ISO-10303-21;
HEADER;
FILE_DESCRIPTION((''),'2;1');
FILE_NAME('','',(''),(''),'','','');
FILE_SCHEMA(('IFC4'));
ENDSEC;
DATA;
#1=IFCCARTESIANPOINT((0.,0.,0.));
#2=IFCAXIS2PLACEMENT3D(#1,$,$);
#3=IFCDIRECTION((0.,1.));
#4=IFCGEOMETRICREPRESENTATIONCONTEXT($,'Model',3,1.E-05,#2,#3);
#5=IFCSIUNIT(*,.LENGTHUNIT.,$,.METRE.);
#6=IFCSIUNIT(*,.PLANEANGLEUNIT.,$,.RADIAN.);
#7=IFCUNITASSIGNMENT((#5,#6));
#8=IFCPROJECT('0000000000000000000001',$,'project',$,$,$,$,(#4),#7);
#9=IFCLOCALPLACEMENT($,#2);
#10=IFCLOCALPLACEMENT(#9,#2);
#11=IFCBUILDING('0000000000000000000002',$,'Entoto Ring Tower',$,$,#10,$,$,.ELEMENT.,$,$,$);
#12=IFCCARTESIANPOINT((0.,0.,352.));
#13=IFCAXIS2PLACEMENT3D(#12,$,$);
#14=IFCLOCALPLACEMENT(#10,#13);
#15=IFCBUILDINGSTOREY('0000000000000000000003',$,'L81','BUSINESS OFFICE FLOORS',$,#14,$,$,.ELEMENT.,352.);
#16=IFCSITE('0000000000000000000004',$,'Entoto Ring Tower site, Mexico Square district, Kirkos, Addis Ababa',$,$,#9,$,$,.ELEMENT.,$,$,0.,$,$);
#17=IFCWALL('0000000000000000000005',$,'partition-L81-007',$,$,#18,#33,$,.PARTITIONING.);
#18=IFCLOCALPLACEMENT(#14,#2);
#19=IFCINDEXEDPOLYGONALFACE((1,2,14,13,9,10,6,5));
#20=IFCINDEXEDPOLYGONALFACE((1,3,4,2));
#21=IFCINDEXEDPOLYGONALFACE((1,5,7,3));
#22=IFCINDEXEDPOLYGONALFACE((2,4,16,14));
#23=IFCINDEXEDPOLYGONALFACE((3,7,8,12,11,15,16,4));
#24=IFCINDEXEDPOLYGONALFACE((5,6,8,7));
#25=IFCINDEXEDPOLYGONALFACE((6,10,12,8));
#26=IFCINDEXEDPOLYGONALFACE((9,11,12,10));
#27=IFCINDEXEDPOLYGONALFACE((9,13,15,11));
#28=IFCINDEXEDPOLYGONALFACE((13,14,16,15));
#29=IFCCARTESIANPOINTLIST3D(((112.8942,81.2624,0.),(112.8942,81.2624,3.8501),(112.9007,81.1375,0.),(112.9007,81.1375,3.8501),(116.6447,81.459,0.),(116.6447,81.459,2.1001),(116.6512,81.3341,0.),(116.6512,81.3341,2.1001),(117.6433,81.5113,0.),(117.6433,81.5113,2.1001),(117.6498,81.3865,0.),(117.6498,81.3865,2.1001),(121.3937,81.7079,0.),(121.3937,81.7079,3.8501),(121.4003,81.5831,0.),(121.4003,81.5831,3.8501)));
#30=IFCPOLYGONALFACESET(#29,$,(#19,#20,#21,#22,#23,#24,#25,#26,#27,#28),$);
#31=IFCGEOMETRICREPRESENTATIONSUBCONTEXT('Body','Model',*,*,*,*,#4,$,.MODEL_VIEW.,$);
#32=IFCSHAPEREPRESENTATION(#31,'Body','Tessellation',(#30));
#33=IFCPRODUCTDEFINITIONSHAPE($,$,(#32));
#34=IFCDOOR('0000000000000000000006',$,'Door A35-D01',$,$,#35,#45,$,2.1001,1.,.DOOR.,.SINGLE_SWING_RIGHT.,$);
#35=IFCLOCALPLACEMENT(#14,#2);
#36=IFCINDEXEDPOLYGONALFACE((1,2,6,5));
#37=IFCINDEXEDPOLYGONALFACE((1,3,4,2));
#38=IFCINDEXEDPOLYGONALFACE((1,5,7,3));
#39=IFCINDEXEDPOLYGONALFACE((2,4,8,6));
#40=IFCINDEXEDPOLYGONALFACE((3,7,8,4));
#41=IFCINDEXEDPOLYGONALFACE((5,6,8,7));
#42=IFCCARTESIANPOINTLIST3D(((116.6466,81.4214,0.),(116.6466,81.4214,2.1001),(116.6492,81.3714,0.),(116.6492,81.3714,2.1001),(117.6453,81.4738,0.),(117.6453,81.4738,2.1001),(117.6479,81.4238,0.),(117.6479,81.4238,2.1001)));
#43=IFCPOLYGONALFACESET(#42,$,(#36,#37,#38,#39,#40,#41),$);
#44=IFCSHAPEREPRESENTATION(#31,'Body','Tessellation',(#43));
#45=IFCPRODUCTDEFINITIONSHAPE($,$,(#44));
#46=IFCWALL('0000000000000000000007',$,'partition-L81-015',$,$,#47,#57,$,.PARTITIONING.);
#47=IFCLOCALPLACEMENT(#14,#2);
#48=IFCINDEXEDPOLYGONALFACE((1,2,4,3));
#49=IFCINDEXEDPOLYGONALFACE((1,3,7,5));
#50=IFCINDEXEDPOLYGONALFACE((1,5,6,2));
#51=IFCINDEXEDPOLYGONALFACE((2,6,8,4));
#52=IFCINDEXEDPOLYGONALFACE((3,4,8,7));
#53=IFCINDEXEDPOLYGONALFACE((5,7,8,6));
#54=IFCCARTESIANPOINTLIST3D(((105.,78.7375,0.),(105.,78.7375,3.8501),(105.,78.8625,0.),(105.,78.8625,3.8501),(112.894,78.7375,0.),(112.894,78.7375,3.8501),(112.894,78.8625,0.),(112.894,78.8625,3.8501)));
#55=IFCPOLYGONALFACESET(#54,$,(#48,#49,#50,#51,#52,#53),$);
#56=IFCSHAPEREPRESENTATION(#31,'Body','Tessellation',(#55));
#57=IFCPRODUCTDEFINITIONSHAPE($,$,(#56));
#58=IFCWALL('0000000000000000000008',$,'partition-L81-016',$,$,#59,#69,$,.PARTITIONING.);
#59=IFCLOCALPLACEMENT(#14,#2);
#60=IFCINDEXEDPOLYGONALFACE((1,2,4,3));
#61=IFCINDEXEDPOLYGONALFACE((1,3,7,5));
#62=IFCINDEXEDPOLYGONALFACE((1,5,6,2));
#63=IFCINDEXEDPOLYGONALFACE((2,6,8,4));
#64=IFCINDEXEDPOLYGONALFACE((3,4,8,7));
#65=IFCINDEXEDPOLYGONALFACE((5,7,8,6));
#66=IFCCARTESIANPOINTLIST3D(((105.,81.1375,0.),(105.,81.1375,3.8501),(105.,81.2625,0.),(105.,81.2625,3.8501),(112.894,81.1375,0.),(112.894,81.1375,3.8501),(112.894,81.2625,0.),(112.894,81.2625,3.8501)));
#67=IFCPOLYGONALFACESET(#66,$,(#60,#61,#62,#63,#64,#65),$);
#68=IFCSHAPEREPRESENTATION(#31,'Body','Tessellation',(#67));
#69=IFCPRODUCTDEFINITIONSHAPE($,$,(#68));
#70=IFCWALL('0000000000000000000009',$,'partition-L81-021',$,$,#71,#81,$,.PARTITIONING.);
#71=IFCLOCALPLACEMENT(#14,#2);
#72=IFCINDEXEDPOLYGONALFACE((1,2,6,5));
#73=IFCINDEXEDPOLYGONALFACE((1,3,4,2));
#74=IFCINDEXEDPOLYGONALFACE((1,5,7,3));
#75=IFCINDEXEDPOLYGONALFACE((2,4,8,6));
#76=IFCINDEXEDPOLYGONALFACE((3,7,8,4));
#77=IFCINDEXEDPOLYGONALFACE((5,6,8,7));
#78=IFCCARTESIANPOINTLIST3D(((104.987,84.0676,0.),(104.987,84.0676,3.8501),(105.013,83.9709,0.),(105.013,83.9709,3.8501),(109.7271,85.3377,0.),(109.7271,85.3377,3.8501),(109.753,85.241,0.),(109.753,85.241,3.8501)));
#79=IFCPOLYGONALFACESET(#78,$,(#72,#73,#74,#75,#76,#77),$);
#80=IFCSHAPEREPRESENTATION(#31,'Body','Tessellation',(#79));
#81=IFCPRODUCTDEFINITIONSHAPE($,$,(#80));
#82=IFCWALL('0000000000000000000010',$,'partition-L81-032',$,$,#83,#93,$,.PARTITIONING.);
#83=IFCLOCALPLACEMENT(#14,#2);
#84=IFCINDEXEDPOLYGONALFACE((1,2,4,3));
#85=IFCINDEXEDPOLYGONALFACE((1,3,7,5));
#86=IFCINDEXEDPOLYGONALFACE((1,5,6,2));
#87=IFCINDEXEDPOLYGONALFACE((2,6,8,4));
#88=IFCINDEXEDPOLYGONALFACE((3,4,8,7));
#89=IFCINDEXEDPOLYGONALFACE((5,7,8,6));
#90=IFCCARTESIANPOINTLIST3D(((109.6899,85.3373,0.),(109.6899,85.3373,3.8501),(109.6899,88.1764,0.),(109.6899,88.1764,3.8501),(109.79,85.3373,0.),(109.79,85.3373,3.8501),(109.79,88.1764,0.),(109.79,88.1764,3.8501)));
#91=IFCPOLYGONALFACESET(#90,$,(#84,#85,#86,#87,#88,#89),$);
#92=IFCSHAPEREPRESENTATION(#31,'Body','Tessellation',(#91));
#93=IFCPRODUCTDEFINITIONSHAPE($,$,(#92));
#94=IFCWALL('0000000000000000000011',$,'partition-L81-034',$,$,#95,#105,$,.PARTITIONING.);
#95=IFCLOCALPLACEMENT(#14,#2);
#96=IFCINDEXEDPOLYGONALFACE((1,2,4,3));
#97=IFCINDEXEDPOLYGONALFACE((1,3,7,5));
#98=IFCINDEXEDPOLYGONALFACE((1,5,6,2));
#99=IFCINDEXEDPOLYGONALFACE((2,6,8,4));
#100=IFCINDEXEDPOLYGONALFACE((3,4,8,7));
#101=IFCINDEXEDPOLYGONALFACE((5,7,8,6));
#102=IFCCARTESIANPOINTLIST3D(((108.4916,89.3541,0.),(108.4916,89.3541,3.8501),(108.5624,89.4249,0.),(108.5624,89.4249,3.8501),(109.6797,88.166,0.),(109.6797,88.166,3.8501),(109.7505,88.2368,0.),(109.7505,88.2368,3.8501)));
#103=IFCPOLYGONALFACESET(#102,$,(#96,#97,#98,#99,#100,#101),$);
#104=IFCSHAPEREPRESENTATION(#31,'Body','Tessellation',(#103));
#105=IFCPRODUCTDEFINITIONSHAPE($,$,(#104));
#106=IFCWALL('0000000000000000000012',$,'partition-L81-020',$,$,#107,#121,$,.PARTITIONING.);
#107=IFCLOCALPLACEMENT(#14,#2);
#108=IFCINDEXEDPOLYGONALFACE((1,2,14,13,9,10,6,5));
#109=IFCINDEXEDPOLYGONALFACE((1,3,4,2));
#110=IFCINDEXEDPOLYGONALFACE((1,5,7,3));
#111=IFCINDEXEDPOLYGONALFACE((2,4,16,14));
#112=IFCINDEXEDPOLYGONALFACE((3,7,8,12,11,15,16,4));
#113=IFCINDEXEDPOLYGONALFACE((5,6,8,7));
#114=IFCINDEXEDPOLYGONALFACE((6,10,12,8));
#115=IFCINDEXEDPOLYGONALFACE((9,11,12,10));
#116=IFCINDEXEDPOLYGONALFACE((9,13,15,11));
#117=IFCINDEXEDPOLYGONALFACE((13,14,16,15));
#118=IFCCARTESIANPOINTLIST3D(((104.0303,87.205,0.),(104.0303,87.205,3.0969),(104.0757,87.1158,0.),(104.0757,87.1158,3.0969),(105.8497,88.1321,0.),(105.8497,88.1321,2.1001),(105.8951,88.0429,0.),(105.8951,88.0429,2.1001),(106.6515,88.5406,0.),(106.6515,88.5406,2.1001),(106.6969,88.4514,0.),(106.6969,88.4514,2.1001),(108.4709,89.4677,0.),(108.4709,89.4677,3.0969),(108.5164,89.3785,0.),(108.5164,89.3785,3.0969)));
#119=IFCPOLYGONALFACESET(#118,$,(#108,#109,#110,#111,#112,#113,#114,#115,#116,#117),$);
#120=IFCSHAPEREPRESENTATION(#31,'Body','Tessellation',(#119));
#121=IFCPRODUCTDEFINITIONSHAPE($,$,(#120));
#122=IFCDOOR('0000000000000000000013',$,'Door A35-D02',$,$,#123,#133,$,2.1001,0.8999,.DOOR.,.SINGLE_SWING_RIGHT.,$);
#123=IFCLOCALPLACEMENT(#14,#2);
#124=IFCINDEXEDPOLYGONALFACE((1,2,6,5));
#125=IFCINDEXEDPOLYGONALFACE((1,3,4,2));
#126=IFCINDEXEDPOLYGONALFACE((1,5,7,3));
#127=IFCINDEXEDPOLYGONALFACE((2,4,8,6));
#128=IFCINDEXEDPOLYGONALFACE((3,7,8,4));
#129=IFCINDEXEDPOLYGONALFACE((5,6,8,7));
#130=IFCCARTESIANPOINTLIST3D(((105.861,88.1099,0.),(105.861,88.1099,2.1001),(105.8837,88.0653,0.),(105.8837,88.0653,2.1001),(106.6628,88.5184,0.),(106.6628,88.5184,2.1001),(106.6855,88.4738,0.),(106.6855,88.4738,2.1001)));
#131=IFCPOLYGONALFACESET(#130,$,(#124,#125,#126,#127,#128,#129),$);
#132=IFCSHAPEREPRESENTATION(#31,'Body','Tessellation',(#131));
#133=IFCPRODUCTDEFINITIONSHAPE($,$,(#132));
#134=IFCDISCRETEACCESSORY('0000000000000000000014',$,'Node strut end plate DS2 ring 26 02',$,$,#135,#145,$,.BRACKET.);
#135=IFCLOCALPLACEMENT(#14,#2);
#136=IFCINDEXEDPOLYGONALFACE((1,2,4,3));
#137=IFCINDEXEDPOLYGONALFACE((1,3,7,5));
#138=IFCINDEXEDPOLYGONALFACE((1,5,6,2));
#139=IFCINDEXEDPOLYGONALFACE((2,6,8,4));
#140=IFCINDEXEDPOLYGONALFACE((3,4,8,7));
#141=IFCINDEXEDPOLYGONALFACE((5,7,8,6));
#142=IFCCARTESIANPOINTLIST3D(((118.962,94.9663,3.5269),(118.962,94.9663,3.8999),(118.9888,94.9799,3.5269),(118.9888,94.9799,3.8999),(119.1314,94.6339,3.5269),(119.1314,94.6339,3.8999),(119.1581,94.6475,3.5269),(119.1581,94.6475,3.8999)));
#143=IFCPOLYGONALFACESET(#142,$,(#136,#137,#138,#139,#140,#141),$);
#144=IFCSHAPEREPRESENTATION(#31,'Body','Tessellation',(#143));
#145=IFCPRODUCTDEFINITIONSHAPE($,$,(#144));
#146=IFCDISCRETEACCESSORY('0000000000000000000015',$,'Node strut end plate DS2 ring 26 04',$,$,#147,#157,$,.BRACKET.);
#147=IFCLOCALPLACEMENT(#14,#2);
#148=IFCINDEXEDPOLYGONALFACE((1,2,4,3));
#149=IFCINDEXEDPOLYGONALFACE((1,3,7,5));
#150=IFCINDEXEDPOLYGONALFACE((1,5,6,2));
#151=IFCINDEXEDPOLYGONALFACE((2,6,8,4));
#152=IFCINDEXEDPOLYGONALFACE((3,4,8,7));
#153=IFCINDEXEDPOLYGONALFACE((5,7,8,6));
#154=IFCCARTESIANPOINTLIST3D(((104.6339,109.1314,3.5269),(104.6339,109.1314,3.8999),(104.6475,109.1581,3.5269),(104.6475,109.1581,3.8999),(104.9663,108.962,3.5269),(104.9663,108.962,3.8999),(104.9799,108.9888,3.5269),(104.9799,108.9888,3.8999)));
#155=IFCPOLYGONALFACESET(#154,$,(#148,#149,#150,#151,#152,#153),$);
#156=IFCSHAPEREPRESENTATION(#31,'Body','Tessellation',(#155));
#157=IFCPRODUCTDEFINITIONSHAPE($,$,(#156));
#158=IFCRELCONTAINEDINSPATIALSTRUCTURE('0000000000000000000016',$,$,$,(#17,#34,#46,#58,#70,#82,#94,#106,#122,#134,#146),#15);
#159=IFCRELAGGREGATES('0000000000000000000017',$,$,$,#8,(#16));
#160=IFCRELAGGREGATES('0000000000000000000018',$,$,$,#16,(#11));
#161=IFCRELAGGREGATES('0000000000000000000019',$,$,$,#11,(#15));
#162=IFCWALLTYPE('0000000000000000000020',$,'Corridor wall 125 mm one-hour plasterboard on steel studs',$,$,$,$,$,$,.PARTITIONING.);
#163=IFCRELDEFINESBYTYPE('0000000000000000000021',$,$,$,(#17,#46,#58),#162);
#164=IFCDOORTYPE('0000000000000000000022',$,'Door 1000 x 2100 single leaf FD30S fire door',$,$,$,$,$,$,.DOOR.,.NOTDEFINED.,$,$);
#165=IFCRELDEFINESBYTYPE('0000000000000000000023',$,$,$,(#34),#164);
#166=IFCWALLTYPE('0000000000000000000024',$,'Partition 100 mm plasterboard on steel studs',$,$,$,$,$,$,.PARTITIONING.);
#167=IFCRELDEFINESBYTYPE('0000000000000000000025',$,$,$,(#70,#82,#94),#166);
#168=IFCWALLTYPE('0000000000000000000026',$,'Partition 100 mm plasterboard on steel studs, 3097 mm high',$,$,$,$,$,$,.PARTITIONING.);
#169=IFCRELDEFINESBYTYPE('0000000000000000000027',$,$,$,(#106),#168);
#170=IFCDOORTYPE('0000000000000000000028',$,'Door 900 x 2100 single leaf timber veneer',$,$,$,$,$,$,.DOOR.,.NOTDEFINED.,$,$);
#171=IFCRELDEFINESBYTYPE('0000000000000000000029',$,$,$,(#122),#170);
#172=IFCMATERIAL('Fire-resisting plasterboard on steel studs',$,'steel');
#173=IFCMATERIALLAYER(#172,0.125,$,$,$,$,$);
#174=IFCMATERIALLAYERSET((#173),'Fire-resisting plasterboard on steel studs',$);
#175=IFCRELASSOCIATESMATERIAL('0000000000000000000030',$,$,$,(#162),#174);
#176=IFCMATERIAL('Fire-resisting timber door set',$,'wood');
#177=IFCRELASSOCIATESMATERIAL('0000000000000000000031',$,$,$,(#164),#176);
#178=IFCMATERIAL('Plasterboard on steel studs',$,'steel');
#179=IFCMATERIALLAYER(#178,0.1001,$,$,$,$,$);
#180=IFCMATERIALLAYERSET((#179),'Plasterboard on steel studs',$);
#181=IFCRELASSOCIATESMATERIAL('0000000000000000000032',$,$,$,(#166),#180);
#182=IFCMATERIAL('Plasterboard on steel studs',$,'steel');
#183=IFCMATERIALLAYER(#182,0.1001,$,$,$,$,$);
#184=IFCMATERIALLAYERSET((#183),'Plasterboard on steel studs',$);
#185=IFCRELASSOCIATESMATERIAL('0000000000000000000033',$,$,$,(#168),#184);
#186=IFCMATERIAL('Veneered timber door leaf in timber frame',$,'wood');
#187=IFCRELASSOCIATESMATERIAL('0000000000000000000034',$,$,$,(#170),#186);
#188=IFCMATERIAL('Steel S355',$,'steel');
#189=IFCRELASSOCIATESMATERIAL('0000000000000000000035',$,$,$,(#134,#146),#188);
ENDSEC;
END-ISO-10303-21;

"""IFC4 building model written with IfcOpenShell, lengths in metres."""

from ifc_helpers import new_model, si_unit, direction, frame, frame_2d, origin, origin_2d, place, context, subcontext, project, spatial, rectangle, extrude, material, layer, layer_set, type_object, element, fill, save


model = new_model("IFC4")

# Units and contexts
model_context = context("Model", 3, precision=1e-05, world=origin(), true_north=direction((0.0, 1.0)))
body_context = subcontext(model_context, "Body", "Model", "MODEL_VIEW")
ifc_project = project(units=[si_unit("LENGTHUNIT", "METRE"), si_unit("PLANEANGLEUNIT", "RADIAN")], contexts=[model_context])

# Site, building, storey
site_placement = place(None, origin())
site = spatial("IfcSite", under=ifc_project, at=site_placement, Name="Entoto Ring Tower site, Mexico Square district, Kirkos, Addis Ababa", CompositionType="ELEMENT", RefElevation=0.0)
building_placement = place(site_placement, origin())
building = spatial("IfcBuilding", under=site, at=building_placement, Name="Entoto Ring Tower", CompositionType="ELEMENT")
storey_placement = place(building_placement, frame((0.0, 0.0, 352.0)))
storey = spatial("IfcBuildingStorey", under=building, at=storey_placement, Name="L81", Description="BUSINESS OFFICE FLOORS", CompositionType="ELEMENT", Elevation=352.0)

# Wall, opening, door
ifc_material_1 = material(Name="Fire-resisting plasterboard on steel studs", Category="steel")
ifc_layer_1 = layer(ifc_material_1, 0.125)
ifc_layer_set_1 = layer_set([ifc_layer_1], Name="Fire-resisting plasterboard on steel studs")
wall_type_1 = type_object("IfcWallType", Name="Corridor wall 125 mm one-hour plasterboard on steel studs", PredefinedType="PARTITIONING", material=ifc_layer_set_1)
wall_1_placement = place(storey_placement, frame((112.8975, 81.2, 0.0), z_axis=(0.0, 0.0, 1.0), x_axis=(0.998629, 0.05235, 0.0)))
wall_1 = element("IfcWall", 1, at=wall_1_placement, inside=storey, type_object=wall_type_1, Name="partition-L81-007", PredefinedType="PARTITIONING", context=body_context, shape_type="SweptSolid", body=[
    extrude(rectangle(XDim=8.5112, YDim=0.125, at=frame_2d((4.2556, 0.0))), origin(), (0.0, 0.0, 1.0), 3.8501),
])
opening_1_placement = place(wall_1_placement, frame((3.7556, 0.0, 0.0)))
opening_1 = element("IfcOpeningElement", 2, at=opening_1_placement, cuts=wall_1, PredefinedType="OPENING", context=body_context, shape_type="SweptSolid", body=[
    extrude(rectangle(XDim=1.0, YDim=2.1001, at=frame_2d((0.5, 1.05))), frame((0.0, 0.0725, 0.0), z_axis=(0.0, -1.0, 0.0), x_axis=(1.0, 0.0, 0.0)), (0.0, 0.0, 1.0), 0.145),
])
ifc_material_2 = material(Name="Fire-resisting timber door set", Category="wood")
door_type_1 = type_object("IfcDoorType", Name="Door 1000 x 2100 single leaf FD30S fire door", OperationType="NOTDEFINED", PredefinedType="DOOR", material=ifc_material_2)
door_1_placement = place(opening_1_placement, origin())
door_1 = element("IfcDoor", 3, at=door_1_placement, inside=storey, type_object=door_type_1, Name="Door A35-D01", OperationType="SINGLE_SWING_RIGHT", OverallHeight=2.1001, OverallWidth=1.0, PredefinedType="DOOR", context=body_context, shape_type="SweptSolid", body=[
    extrude(rectangle(XDim=1.0, YDim=2.1001, at=frame_2d((0.5, 1.05))), frame((0.0, 0.0249, 0.0), z_axis=(0.0, -1.0, 0.0), x_axis=(1.0, 0.0, 0.0)), (0.0, 0.0, 1.0), 0.05),
])
fill(opening_1, door_1)

# Walls
for number, where, z_axis, x_axis, name in (
    (4, (105.0, 78.8, 0.0), (0.0, 0.0, 1.0), (1.0, 0.0, 0.0), "partition-L81-015"),
    (5, (105.0, 81.2, 0.0), (0.0, 0.0, 1.0), (1.0, 0.0, 0.0), "partition-L81-016"),
):
    element("IfcWall", number, at=place(storey_placement, frame(where, z_axis=z_axis, x_axis=x_axis)), inside=storey, type_object=wall_type_1, Name=name, PredefinedType="PARTITIONING", context=body_context, shape_type="SweptSolid", body=[
        extrude(rectangle(XDim=7.894, YDim=0.125, at=frame_2d((3.947, 0.0))), origin(), (0.0, 0.0, 1.0), 3.8501),
    ])
ifc_material_3 = material(Name="Plasterboard on steel studs", Category="steel")
ifc_layer_2 = layer(ifc_material_3, 0.1001)
ifc_layer_set_2 = layer_set([ifc_layer_2], Name="Plasterboard on steel studs")
wall_type_2 = type_object("IfcWallType", Name="Partition 100 mm plasterboard on steel studs", PredefinedType="PARTITIONING", material=ifc_layer_set_2)
wall_2_placement = place(storey_placement, frame((105.0, 84.0193, 0.0), z_axis=(0.0, 0.0, 1.0), x_axis=(0.965929, 0.258808, 0.0)))
element("IfcWall", 6, at=wall_2_placement, inside=storey, type_object=wall_type_2, Name="partition-L81-021", PredefinedType="PARTITIONING", context=body_context, shape_type="SweptSolid", body=[
    extrude(rectangle(XDim=4.9072, YDim=0.1001, at=frame_2d((2.4536, 0.0))), origin(), (0.0, 0.0, 1.0), 3.8501),
])
wall_3_placement = place(storey_placement, frame((109.74, 85.3374, 0.0), z_axis=(0.0, 0.0, 1.0), x_axis=(0.0, 1.0, 0.0)))
element("IfcWall", 7, at=wall_3_placement, inside=storey, type_object=wall_type_2, Name="partition-L81-032", PredefinedType="PARTITIONING", context=body_context, shape_type="SweptSolid", body=[
    extrude(rectangle(XDim=2.8391, YDim=0.1001, at=frame_2d((1.4194, 0.0))), origin(), (0.0, 0.0, 1.0), 3.8501),
])
wall_4_placement = place(storey_placement, frame((109.7151, 88.2014, 0.0), z_axis=(0.0, 0.0, 1.0), x_axis=(-0.707107, 0.707107, 0.0)))
element("IfcWall", 8, at=wall_4_placement, inside=storey, type_object=wall_type_2, Name="partition-L81-034", PredefinedType="PARTITIONING", context=body_context, shape_type="SweptSolid", body=[
    extrude(rectangle(XDim=1.6802, YDim=0.1001, at=frame_2d((0.8401, 0.0))), origin(), (0.0, 0.0, 1.0), 3.8501),
])

# Wall, opening, door
ifc_material_4 = material(Name="Plasterboard on steel studs", Category="steel")
ifc_layer_3 = layer(ifc_material_4, 0.1001)
ifc_layer_set_3 = layer_set([ifc_layer_3], Name="Plasterboard on steel studs")
wall_type_3 = type_object("IfcWallType", Name="Partition 100 mm plasterboard on steel studs, 3097 mm high", PredefinedType="PARTITIONING", material=ifc_layer_set_3)
wall_5_placement = place(storey_placement, frame((104.053, 87.1604, 0.0), z_axis=(0.0, 0.0, 1.0), x_axis=(0.891002, 0.454, 0.0)))
wall_5 = element("IfcWall", 9, at=wall_5_placement, inside=storey, type_object=wall_type_3, Name="partition-L81-020", PredefinedType="PARTITIONING", context=body_context, shape_type="SweptSolid", body=[
    extrude(rectangle(XDim=4.9839, YDim=0.1001, at=frame_2d((2.4919, 0.0))), origin(), (0.0, 0.0, 1.0), 3.0969),
])
opening_2_placement = place(wall_5_placement, frame((2.042, 0.0, 0.0)))
opening_2 = element("IfcOpeningElement", 10, at=opening_2_placement, cuts=wall_5, PredefinedType="OPENING", context=body_context, shape_type="SweptSolid", body=[
    extrude(rectangle(XDim=0.8999, YDim=2.1001, at=frame_2d((0.45, 1.05))), frame((0.0, 0.0601, 0.0), z_axis=(0.0, -1.0, 0.0), x_axis=(1.0, 0.0, 0.0)), (0.0, 0.0, 1.0), 0.1201),
])
ifc_material_5 = material(Name="Veneered timber door leaf in timber frame", Category="wood")
door_type_2 = type_object("IfcDoorType", Name="Door 900 x 2100 single leaf timber veneer", OperationType="NOTDEFINED", PredefinedType="DOOR", material=ifc_material_5)
door_2_placement = place(opening_2_placement, frame((0.8999, 0.0, 0.0), z_axis=(0.0, 0.0, 1.0), x_axis=(-1.0, 0.0, 0.0)))
door_2 = element("IfcDoor", 11, at=door_2_placement, inside=storey, type_object=door_type_2, Name="Door A35-D02", OperationType="SINGLE_SWING_RIGHT", OverallHeight=2.1001, OverallWidth=0.8999, PredefinedType="DOOR", context=body_context, shape_type="SweptSolid", body=[
    extrude(rectangle(XDim=0.8999, YDim=2.1001, at=frame_2d((0.45, 1.05))), frame((0.0, 0.0249, 0.0), z_axis=(0.0, -1.0, 0.0), x_axis=(1.0, 0.0, 0.0)), (0.0, 0.0, 1.0), 0.05),
])
fill(opening_2, door_2)

# Discrete accessories
ifc_material_6 = material(Name="Steel S355", Category="steel")
for number, where, z_axis, x_axis, name in (
    (12, (119.0601, 94.8069, 3.5269), (0.0, 0.0, 1.0), (0.891007, 0.45399, 0.0), "Node strut end plate DS2 ring 26 02"),
    (13, (104.8069, 109.0601, 3.5269), (0.0, 0.0, 1.0), (0.45399, 0.891007, 0.0), "Node strut end plate DS2 ring 26 04"),
):
    element("IfcDiscreteAccessory", number, at=place(storey_placement, frame(where, z_axis=z_axis, x_axis=x_axis)), inside=storey, material=ifc_material_6, Name=name, PredefinedType="BRACKET", context=body_context, shape_type="SweptSolid", body=[
        extrude(rectangle(XDim=0.03, YDim=0.373, at=origin_2d()), origin(), (0.0, 0.0, 1.0), 0.373),
    ])

save(model, "model.ifc")
